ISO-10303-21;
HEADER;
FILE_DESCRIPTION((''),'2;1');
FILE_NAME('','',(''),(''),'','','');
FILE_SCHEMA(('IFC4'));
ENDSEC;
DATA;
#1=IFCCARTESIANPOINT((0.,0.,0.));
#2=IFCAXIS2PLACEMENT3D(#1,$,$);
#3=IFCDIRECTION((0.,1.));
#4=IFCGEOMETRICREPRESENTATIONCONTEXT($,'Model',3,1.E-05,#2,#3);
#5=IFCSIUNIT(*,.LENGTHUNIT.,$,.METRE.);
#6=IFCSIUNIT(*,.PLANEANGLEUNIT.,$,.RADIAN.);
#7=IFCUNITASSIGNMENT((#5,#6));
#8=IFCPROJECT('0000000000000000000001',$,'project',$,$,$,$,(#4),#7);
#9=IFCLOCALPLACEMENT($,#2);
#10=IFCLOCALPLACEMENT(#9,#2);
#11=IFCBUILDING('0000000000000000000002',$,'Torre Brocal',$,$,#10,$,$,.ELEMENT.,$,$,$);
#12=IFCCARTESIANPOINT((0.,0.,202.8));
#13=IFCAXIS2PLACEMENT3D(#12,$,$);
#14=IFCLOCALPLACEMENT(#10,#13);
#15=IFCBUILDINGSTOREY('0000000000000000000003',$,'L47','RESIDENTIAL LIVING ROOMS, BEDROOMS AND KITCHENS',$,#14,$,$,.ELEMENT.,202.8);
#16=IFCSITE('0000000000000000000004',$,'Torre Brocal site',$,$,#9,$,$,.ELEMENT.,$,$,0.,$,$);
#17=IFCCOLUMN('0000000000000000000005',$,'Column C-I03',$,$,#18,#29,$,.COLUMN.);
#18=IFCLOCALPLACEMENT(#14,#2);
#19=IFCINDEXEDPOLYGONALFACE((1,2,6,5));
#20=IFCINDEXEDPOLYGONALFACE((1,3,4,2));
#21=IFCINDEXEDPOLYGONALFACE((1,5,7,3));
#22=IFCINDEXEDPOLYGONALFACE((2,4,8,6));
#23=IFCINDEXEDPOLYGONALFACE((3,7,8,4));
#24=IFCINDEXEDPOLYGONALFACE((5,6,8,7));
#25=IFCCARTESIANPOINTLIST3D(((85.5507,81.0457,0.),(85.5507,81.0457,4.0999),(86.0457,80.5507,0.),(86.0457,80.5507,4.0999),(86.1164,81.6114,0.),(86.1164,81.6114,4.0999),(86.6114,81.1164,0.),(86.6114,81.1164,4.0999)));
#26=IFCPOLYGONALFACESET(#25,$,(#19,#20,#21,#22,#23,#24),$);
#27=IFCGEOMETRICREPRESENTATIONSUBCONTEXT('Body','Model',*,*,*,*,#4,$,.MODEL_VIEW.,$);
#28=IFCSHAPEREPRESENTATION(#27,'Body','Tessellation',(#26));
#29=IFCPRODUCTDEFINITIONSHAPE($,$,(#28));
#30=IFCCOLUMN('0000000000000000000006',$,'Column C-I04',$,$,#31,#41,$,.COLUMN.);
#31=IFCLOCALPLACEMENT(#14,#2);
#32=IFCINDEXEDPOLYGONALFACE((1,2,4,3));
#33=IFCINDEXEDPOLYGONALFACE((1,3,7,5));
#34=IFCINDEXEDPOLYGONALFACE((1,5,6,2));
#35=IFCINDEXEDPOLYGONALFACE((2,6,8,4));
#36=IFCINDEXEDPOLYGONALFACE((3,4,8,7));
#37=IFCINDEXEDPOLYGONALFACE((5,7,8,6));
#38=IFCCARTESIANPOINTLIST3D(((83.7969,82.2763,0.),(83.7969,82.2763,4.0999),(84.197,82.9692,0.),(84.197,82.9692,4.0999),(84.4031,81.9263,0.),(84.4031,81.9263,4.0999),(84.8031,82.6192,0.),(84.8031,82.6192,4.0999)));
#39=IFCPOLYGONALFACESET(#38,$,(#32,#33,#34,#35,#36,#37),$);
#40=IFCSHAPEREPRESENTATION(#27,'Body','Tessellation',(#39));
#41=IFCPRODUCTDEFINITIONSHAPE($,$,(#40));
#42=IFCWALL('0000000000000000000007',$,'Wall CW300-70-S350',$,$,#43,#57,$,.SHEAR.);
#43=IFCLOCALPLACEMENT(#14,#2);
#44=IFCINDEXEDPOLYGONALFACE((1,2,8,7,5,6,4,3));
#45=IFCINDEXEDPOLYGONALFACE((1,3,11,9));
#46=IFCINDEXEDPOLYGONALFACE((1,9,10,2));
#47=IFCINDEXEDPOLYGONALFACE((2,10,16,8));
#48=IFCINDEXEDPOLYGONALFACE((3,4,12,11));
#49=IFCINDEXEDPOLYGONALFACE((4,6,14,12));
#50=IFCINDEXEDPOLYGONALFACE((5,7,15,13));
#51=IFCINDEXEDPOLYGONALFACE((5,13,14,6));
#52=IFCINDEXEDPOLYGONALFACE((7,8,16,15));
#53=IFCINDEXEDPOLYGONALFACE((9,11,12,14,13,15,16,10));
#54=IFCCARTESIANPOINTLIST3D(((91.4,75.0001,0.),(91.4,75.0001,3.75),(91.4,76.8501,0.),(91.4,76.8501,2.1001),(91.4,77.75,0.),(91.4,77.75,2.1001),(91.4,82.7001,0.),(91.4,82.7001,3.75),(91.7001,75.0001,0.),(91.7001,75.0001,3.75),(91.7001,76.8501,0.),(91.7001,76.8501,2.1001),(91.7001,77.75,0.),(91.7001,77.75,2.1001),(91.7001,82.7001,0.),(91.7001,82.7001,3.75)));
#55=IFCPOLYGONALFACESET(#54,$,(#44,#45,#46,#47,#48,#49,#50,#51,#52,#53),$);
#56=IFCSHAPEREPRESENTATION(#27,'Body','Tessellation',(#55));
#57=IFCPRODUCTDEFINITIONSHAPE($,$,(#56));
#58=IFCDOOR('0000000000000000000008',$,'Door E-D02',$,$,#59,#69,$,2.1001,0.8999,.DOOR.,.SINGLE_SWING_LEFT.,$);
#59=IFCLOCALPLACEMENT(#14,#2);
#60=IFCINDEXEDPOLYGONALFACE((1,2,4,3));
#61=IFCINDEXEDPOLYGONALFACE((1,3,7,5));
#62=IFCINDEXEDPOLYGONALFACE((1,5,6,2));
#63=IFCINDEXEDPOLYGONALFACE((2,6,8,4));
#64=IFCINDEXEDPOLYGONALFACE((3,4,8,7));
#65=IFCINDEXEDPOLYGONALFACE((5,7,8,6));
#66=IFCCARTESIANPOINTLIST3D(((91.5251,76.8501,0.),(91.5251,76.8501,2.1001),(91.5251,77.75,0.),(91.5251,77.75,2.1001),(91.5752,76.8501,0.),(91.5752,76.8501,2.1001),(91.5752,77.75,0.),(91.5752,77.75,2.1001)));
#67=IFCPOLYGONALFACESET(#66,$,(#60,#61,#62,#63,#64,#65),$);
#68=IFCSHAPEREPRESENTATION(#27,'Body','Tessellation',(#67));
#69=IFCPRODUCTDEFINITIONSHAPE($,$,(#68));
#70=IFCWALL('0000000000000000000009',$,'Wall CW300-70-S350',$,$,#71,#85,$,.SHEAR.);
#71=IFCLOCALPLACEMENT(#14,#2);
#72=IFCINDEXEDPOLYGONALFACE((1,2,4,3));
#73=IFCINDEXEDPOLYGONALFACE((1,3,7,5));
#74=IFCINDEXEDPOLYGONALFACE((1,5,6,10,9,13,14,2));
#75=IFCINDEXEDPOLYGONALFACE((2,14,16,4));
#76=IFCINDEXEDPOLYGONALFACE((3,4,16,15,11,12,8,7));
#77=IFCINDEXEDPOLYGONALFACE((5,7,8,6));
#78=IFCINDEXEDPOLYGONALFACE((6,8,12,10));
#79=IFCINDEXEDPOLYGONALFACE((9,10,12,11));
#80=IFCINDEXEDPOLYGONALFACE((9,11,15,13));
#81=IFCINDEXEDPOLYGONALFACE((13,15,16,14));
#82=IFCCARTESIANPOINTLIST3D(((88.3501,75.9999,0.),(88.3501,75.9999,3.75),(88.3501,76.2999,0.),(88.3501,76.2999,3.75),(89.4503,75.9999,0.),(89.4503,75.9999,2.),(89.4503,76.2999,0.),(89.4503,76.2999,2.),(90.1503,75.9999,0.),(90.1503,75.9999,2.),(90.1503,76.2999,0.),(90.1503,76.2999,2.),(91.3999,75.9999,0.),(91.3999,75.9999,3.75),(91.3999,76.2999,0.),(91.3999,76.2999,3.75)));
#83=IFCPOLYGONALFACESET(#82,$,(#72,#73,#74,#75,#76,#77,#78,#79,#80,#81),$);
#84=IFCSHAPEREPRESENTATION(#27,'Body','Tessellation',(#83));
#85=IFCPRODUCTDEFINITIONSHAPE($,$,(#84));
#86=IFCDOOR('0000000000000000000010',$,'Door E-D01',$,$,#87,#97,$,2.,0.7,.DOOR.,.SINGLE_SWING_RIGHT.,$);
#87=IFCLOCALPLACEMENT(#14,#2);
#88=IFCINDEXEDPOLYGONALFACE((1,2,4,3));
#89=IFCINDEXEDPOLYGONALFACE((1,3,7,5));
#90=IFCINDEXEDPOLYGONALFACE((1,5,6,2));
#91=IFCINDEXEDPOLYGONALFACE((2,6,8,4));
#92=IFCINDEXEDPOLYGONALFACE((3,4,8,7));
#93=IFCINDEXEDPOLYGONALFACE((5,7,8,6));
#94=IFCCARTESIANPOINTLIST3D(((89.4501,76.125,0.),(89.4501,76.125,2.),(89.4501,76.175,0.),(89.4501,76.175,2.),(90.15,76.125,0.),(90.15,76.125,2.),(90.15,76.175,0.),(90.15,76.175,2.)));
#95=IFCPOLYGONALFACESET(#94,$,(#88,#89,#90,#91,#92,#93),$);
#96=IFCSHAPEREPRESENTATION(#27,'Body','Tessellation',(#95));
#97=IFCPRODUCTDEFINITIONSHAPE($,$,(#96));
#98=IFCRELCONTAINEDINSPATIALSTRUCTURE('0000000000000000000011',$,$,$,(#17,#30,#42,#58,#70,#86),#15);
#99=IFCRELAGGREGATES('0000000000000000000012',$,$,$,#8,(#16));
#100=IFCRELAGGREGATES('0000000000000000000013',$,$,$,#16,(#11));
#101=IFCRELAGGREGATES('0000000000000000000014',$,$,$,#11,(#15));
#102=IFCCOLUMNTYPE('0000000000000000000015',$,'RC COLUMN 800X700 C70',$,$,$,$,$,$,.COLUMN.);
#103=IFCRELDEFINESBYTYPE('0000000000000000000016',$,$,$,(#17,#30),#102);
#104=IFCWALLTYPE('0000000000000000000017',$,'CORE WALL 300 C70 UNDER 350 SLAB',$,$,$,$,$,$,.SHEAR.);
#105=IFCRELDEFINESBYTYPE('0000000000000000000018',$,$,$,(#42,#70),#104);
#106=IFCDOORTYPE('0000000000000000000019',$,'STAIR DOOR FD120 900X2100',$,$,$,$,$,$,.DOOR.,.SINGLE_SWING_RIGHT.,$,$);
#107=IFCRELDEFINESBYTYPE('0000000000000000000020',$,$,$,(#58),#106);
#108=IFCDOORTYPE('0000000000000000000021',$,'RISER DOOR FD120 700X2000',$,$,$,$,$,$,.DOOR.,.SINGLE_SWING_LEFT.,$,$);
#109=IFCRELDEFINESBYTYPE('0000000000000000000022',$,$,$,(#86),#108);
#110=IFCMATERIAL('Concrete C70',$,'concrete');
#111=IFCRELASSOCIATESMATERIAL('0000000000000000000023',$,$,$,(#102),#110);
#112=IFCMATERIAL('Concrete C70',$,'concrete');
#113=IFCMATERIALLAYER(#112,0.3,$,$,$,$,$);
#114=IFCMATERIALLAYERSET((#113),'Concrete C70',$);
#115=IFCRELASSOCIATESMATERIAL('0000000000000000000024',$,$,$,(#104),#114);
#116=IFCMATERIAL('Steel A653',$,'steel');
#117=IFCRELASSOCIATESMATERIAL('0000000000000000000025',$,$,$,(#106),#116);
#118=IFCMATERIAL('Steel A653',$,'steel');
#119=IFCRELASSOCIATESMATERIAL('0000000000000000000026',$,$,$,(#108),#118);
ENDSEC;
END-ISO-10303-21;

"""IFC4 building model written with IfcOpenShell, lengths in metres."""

from ifc_helpers import new_model, si_unit, direction, frame, frame_2d, origin, origin_2d, place, context, subcontext, project, spatial, rectangle, extrude, material, layer, layer_set, material_profile, profile_set, type_object, element, fill, save


model = new_model("IFC4")

# Units and contexts
model_context = context("Model", 3, precision=1e-05, world=origin(), true_north=direction((0.0, 1.0)))
body_context = subcontext(model_context, "Body", "Model", "MODEL_VIEW")
ifc_project = project(units=[si_unit("LENGTHUNIT", "METRE"), si_unit("PLANEANGLEUNIT", "RADIAN")], contexts=[model_context])

# Site, building, storey
site_placement = place(None, origin())
site = spatial("IfcSite", under=ifc_project, at=site_placement, Name="Torre Brocal site", CompositionType="ELEMENT", RefElevation=0.0)
building_placement = place(site_placement, origin())
building = spatial("IfcBuilding", under=site, at=building_placement, Name="Torre Brocal", CompositionType="ELEMENT")
storey_placement = place(building_placement, frame((0.0, 0.0, 202.8)))
storey = spatial("IfcBuildingStorey", under=building, at=storey_placement, Name="L47", Description="RESIDENTIAL LIVING ROOMS, BEDROOMS AND KITCHENS", CompositionType="ELEMENT", Elevation=202.8)

# Columns
ifc_material_1 = material(Name="Concrete C70", Category="concrete")
ifc_material_profile = material_profile(ifc_material_1, rectangle(XDim=0.8, YDim=0.7, at=origin_2d()), Name="RC 800X700")
ifc_profile_set = profile_set([ifc_material_profile], Name="Concrete C70")
column_type = type_object("IfcColumnType", Name="RC COLUMN 800X700 C70", PredefinedType="COLUMN", material=ifc_profile_set)
for number, where, z_axis, x_axis, name in (
    (1, (86.0811, 81.0811, 0.0), (0.0, 0.0, 1.0), (0.707107, 0.707107, 0.0), "Column C-I03"),
    (2, (84.3, 82.4478, 0.0), (0.0, 0.0, 1.0), (0.5, 0.866025, 0.0), "Column C-I04"),
):
    element("IfcColumn", number, at=place(storey_placement, frame(where, z_axis=z_axis, x_axis=x_axis)), inside=storey, type_object=column_type, Name=name, PredefinedType="COLUMN", context=body_context, shape_type="SweptSolid", body=[
        extrude(rectangle(XDim=0.8, YDim=0.7, at=origin_2d()), origin(), (0.0, 0.0, 1.0), 4.0999),
    ])

# Walls, openings, doors
ifc_material_2 = material(Name="Concrete C70", Category="concrete")
ifc_layer_1 = layer(ifc_material_2, 0.3)
ifc_layer_set_1 = layer_set([ifc_layer_1], Name="Concrete C70")
wall_type_1 = type_object("IfcWallType", Name="CORE WALL 300 C70 UNDER 350 SLAB", PredefinedType="SHEAR", material=ifc_layer_set_1)
wall_1_placement = place(storey_placement, frame((91.55, 75.0, 0.0), z_axis=(0.0, 0.0, 1.0), x_axis=(0.0, 1.0, 0.0)))
wall_1 = element("IfcWall", 3, at=wall_1_placement, inside=storey, type_object=wall_type_1, Name="Wall CW300-70-S350", PredefinedType="SHEAR", context=body_context, shape_type="SweptSolid", body=[
    extrude(rectangle(XDim=7.7, YDim=0.3, at=frame_2d((3.8501, 0.0))), origin(), (0.0, 0.0, 1.0), 3.75),
])
opening_1_placement = place(wall_1_placement, frame((1.8501, 0.0, 0.0)))
opening_1 = element("IfcOpeningElement", 4, at=opening_1_placement, cuts=wall_1, PredefinedType="OPENING", context=body_context, shape_type="SweptSolid", body=[
    extrude(rectangle(XDim=0.8999, YDim=2.1001, at=frame_2d((0.45, 1.05))), frame((0.0, 0.1599, 0.0), z_axis=(0.0, -1.0, 0.0), x_axis=(1.0, 0.0, 0.0)), (0.0, 0.0, 1.0), 0.3201),
])
ifc_material_3 = material(Name="Steel A653", Category="steel")
door_type_1 = type_object("IfcDoorType", Name="STAIR DOOR FD120 900X2100", OperationType="SINGLE_SWING_RIGHT", PredefinedType="DOOR", material=ifc_material_3)
door_1_placement = place(opening_1_placement, origin())
door_1 = element("IfcDoor", 5, at=door_1_placement, inside=storey, type_object=door_type_1, Name="Door E-D02", OperationType="SINGLE_SWING_LEFT", OverallHeight=2.1001, OverallWidth=0.8999, PredefinedType="DOOR", context=body_context, shape_type="SweptSolid", body=[
    extrude(rectangle(XDim=0.8999, YDim=2.1001, at=frame_2d((0.45, 1.05))), frame((0.0, 0.0249, 0.0), z_axis=(0.0, -1.0, 0.0), x_axis=(1.0, 0.0, 0.0)), (0.0, 0.0, 1.0), 0.05),
])
fill(opening_1, door_1)
wall_2_placement = place(storey_placement, frame((88.3501, 76.1499, 0.0), z_axis=(0.0, 0.0, 1.0), x_axis=(1.0, 0.0, 0.0)))
wall_2 = element("IfcWall", 6, at=wall_2_placement, inside=storey, type_object=wall_type_1, Name="Wall CW300-70-S350", PredefinedType="SHEAR", context=body_context, shape_type="SweptSolid", body=[
    extrude(rectangle(XDim=3.0498, YDim=0.3, at=frame_2d((1.5249, 0.0))), origin(), (0.0, 0.0, 1.0), 3.75),
])
opening_2_placement = place(wall_2_placement, frame((1.1001, 0.0, 0.0)))
opening_2 = element("IfcOpeningElement", 7, at=opening_2_placement, cuts=wall_2, PredefinedType="OPENING", context=body_context, shape_type="SweptSolid", body=[
    extrude(rectangle(XDim=0.7, YDim=2.0, at=frame_2d((0.3501, 1.0))), frame((0.0, 0.1599, 0.0), z_axis=(0.0, -1.0, 0.0), x_axis=(1.0, 0.0, 0.0)), (0.0, 0.0, 1.0), 0.3201),
])
ifc_material_4 = material(Name="Steel A653", Category="steel")
door_type_2 = type_object("IfcDoorType", Name="RISER DOOR FD120 700X2000", OperationType="SINGLE_SWING_LEFT", PredefinedType="DOOR", material=ifc_material_4)
door_2_placement = place(opening_2_placement, frame((0.7, 0.0, 0.0), z_axis=(0.0, 0.0, 1.0), x_axis=(-1.0, 0.0, 0.0)))
door_2 = element("IfcDoor", 8, at=door_2_placement, inside=storey, type_object=door_type_2, Name="Door E-D01", OperationType="SINGLE_SWING_RIGHT", OverallHeight=2.0, OverallWidth=0.7, PredefinedType="DOOR", context=body_context, shape_type="SweptSolid", body=[
    extrude(rectangle(XDim=0.7, YDim=2.0, at=frame_2d((0.3501, 1.0))), frame((0.0, 0.0249, 0.0), z_axis=(0.0, -1.0, 0.0), x_axis=(1.0, 0.0, 0.0)), (0.0, 0.0, 1.0), 0.05),
])
fill(opening_2, door_2)

save(model, "model.ifc")
